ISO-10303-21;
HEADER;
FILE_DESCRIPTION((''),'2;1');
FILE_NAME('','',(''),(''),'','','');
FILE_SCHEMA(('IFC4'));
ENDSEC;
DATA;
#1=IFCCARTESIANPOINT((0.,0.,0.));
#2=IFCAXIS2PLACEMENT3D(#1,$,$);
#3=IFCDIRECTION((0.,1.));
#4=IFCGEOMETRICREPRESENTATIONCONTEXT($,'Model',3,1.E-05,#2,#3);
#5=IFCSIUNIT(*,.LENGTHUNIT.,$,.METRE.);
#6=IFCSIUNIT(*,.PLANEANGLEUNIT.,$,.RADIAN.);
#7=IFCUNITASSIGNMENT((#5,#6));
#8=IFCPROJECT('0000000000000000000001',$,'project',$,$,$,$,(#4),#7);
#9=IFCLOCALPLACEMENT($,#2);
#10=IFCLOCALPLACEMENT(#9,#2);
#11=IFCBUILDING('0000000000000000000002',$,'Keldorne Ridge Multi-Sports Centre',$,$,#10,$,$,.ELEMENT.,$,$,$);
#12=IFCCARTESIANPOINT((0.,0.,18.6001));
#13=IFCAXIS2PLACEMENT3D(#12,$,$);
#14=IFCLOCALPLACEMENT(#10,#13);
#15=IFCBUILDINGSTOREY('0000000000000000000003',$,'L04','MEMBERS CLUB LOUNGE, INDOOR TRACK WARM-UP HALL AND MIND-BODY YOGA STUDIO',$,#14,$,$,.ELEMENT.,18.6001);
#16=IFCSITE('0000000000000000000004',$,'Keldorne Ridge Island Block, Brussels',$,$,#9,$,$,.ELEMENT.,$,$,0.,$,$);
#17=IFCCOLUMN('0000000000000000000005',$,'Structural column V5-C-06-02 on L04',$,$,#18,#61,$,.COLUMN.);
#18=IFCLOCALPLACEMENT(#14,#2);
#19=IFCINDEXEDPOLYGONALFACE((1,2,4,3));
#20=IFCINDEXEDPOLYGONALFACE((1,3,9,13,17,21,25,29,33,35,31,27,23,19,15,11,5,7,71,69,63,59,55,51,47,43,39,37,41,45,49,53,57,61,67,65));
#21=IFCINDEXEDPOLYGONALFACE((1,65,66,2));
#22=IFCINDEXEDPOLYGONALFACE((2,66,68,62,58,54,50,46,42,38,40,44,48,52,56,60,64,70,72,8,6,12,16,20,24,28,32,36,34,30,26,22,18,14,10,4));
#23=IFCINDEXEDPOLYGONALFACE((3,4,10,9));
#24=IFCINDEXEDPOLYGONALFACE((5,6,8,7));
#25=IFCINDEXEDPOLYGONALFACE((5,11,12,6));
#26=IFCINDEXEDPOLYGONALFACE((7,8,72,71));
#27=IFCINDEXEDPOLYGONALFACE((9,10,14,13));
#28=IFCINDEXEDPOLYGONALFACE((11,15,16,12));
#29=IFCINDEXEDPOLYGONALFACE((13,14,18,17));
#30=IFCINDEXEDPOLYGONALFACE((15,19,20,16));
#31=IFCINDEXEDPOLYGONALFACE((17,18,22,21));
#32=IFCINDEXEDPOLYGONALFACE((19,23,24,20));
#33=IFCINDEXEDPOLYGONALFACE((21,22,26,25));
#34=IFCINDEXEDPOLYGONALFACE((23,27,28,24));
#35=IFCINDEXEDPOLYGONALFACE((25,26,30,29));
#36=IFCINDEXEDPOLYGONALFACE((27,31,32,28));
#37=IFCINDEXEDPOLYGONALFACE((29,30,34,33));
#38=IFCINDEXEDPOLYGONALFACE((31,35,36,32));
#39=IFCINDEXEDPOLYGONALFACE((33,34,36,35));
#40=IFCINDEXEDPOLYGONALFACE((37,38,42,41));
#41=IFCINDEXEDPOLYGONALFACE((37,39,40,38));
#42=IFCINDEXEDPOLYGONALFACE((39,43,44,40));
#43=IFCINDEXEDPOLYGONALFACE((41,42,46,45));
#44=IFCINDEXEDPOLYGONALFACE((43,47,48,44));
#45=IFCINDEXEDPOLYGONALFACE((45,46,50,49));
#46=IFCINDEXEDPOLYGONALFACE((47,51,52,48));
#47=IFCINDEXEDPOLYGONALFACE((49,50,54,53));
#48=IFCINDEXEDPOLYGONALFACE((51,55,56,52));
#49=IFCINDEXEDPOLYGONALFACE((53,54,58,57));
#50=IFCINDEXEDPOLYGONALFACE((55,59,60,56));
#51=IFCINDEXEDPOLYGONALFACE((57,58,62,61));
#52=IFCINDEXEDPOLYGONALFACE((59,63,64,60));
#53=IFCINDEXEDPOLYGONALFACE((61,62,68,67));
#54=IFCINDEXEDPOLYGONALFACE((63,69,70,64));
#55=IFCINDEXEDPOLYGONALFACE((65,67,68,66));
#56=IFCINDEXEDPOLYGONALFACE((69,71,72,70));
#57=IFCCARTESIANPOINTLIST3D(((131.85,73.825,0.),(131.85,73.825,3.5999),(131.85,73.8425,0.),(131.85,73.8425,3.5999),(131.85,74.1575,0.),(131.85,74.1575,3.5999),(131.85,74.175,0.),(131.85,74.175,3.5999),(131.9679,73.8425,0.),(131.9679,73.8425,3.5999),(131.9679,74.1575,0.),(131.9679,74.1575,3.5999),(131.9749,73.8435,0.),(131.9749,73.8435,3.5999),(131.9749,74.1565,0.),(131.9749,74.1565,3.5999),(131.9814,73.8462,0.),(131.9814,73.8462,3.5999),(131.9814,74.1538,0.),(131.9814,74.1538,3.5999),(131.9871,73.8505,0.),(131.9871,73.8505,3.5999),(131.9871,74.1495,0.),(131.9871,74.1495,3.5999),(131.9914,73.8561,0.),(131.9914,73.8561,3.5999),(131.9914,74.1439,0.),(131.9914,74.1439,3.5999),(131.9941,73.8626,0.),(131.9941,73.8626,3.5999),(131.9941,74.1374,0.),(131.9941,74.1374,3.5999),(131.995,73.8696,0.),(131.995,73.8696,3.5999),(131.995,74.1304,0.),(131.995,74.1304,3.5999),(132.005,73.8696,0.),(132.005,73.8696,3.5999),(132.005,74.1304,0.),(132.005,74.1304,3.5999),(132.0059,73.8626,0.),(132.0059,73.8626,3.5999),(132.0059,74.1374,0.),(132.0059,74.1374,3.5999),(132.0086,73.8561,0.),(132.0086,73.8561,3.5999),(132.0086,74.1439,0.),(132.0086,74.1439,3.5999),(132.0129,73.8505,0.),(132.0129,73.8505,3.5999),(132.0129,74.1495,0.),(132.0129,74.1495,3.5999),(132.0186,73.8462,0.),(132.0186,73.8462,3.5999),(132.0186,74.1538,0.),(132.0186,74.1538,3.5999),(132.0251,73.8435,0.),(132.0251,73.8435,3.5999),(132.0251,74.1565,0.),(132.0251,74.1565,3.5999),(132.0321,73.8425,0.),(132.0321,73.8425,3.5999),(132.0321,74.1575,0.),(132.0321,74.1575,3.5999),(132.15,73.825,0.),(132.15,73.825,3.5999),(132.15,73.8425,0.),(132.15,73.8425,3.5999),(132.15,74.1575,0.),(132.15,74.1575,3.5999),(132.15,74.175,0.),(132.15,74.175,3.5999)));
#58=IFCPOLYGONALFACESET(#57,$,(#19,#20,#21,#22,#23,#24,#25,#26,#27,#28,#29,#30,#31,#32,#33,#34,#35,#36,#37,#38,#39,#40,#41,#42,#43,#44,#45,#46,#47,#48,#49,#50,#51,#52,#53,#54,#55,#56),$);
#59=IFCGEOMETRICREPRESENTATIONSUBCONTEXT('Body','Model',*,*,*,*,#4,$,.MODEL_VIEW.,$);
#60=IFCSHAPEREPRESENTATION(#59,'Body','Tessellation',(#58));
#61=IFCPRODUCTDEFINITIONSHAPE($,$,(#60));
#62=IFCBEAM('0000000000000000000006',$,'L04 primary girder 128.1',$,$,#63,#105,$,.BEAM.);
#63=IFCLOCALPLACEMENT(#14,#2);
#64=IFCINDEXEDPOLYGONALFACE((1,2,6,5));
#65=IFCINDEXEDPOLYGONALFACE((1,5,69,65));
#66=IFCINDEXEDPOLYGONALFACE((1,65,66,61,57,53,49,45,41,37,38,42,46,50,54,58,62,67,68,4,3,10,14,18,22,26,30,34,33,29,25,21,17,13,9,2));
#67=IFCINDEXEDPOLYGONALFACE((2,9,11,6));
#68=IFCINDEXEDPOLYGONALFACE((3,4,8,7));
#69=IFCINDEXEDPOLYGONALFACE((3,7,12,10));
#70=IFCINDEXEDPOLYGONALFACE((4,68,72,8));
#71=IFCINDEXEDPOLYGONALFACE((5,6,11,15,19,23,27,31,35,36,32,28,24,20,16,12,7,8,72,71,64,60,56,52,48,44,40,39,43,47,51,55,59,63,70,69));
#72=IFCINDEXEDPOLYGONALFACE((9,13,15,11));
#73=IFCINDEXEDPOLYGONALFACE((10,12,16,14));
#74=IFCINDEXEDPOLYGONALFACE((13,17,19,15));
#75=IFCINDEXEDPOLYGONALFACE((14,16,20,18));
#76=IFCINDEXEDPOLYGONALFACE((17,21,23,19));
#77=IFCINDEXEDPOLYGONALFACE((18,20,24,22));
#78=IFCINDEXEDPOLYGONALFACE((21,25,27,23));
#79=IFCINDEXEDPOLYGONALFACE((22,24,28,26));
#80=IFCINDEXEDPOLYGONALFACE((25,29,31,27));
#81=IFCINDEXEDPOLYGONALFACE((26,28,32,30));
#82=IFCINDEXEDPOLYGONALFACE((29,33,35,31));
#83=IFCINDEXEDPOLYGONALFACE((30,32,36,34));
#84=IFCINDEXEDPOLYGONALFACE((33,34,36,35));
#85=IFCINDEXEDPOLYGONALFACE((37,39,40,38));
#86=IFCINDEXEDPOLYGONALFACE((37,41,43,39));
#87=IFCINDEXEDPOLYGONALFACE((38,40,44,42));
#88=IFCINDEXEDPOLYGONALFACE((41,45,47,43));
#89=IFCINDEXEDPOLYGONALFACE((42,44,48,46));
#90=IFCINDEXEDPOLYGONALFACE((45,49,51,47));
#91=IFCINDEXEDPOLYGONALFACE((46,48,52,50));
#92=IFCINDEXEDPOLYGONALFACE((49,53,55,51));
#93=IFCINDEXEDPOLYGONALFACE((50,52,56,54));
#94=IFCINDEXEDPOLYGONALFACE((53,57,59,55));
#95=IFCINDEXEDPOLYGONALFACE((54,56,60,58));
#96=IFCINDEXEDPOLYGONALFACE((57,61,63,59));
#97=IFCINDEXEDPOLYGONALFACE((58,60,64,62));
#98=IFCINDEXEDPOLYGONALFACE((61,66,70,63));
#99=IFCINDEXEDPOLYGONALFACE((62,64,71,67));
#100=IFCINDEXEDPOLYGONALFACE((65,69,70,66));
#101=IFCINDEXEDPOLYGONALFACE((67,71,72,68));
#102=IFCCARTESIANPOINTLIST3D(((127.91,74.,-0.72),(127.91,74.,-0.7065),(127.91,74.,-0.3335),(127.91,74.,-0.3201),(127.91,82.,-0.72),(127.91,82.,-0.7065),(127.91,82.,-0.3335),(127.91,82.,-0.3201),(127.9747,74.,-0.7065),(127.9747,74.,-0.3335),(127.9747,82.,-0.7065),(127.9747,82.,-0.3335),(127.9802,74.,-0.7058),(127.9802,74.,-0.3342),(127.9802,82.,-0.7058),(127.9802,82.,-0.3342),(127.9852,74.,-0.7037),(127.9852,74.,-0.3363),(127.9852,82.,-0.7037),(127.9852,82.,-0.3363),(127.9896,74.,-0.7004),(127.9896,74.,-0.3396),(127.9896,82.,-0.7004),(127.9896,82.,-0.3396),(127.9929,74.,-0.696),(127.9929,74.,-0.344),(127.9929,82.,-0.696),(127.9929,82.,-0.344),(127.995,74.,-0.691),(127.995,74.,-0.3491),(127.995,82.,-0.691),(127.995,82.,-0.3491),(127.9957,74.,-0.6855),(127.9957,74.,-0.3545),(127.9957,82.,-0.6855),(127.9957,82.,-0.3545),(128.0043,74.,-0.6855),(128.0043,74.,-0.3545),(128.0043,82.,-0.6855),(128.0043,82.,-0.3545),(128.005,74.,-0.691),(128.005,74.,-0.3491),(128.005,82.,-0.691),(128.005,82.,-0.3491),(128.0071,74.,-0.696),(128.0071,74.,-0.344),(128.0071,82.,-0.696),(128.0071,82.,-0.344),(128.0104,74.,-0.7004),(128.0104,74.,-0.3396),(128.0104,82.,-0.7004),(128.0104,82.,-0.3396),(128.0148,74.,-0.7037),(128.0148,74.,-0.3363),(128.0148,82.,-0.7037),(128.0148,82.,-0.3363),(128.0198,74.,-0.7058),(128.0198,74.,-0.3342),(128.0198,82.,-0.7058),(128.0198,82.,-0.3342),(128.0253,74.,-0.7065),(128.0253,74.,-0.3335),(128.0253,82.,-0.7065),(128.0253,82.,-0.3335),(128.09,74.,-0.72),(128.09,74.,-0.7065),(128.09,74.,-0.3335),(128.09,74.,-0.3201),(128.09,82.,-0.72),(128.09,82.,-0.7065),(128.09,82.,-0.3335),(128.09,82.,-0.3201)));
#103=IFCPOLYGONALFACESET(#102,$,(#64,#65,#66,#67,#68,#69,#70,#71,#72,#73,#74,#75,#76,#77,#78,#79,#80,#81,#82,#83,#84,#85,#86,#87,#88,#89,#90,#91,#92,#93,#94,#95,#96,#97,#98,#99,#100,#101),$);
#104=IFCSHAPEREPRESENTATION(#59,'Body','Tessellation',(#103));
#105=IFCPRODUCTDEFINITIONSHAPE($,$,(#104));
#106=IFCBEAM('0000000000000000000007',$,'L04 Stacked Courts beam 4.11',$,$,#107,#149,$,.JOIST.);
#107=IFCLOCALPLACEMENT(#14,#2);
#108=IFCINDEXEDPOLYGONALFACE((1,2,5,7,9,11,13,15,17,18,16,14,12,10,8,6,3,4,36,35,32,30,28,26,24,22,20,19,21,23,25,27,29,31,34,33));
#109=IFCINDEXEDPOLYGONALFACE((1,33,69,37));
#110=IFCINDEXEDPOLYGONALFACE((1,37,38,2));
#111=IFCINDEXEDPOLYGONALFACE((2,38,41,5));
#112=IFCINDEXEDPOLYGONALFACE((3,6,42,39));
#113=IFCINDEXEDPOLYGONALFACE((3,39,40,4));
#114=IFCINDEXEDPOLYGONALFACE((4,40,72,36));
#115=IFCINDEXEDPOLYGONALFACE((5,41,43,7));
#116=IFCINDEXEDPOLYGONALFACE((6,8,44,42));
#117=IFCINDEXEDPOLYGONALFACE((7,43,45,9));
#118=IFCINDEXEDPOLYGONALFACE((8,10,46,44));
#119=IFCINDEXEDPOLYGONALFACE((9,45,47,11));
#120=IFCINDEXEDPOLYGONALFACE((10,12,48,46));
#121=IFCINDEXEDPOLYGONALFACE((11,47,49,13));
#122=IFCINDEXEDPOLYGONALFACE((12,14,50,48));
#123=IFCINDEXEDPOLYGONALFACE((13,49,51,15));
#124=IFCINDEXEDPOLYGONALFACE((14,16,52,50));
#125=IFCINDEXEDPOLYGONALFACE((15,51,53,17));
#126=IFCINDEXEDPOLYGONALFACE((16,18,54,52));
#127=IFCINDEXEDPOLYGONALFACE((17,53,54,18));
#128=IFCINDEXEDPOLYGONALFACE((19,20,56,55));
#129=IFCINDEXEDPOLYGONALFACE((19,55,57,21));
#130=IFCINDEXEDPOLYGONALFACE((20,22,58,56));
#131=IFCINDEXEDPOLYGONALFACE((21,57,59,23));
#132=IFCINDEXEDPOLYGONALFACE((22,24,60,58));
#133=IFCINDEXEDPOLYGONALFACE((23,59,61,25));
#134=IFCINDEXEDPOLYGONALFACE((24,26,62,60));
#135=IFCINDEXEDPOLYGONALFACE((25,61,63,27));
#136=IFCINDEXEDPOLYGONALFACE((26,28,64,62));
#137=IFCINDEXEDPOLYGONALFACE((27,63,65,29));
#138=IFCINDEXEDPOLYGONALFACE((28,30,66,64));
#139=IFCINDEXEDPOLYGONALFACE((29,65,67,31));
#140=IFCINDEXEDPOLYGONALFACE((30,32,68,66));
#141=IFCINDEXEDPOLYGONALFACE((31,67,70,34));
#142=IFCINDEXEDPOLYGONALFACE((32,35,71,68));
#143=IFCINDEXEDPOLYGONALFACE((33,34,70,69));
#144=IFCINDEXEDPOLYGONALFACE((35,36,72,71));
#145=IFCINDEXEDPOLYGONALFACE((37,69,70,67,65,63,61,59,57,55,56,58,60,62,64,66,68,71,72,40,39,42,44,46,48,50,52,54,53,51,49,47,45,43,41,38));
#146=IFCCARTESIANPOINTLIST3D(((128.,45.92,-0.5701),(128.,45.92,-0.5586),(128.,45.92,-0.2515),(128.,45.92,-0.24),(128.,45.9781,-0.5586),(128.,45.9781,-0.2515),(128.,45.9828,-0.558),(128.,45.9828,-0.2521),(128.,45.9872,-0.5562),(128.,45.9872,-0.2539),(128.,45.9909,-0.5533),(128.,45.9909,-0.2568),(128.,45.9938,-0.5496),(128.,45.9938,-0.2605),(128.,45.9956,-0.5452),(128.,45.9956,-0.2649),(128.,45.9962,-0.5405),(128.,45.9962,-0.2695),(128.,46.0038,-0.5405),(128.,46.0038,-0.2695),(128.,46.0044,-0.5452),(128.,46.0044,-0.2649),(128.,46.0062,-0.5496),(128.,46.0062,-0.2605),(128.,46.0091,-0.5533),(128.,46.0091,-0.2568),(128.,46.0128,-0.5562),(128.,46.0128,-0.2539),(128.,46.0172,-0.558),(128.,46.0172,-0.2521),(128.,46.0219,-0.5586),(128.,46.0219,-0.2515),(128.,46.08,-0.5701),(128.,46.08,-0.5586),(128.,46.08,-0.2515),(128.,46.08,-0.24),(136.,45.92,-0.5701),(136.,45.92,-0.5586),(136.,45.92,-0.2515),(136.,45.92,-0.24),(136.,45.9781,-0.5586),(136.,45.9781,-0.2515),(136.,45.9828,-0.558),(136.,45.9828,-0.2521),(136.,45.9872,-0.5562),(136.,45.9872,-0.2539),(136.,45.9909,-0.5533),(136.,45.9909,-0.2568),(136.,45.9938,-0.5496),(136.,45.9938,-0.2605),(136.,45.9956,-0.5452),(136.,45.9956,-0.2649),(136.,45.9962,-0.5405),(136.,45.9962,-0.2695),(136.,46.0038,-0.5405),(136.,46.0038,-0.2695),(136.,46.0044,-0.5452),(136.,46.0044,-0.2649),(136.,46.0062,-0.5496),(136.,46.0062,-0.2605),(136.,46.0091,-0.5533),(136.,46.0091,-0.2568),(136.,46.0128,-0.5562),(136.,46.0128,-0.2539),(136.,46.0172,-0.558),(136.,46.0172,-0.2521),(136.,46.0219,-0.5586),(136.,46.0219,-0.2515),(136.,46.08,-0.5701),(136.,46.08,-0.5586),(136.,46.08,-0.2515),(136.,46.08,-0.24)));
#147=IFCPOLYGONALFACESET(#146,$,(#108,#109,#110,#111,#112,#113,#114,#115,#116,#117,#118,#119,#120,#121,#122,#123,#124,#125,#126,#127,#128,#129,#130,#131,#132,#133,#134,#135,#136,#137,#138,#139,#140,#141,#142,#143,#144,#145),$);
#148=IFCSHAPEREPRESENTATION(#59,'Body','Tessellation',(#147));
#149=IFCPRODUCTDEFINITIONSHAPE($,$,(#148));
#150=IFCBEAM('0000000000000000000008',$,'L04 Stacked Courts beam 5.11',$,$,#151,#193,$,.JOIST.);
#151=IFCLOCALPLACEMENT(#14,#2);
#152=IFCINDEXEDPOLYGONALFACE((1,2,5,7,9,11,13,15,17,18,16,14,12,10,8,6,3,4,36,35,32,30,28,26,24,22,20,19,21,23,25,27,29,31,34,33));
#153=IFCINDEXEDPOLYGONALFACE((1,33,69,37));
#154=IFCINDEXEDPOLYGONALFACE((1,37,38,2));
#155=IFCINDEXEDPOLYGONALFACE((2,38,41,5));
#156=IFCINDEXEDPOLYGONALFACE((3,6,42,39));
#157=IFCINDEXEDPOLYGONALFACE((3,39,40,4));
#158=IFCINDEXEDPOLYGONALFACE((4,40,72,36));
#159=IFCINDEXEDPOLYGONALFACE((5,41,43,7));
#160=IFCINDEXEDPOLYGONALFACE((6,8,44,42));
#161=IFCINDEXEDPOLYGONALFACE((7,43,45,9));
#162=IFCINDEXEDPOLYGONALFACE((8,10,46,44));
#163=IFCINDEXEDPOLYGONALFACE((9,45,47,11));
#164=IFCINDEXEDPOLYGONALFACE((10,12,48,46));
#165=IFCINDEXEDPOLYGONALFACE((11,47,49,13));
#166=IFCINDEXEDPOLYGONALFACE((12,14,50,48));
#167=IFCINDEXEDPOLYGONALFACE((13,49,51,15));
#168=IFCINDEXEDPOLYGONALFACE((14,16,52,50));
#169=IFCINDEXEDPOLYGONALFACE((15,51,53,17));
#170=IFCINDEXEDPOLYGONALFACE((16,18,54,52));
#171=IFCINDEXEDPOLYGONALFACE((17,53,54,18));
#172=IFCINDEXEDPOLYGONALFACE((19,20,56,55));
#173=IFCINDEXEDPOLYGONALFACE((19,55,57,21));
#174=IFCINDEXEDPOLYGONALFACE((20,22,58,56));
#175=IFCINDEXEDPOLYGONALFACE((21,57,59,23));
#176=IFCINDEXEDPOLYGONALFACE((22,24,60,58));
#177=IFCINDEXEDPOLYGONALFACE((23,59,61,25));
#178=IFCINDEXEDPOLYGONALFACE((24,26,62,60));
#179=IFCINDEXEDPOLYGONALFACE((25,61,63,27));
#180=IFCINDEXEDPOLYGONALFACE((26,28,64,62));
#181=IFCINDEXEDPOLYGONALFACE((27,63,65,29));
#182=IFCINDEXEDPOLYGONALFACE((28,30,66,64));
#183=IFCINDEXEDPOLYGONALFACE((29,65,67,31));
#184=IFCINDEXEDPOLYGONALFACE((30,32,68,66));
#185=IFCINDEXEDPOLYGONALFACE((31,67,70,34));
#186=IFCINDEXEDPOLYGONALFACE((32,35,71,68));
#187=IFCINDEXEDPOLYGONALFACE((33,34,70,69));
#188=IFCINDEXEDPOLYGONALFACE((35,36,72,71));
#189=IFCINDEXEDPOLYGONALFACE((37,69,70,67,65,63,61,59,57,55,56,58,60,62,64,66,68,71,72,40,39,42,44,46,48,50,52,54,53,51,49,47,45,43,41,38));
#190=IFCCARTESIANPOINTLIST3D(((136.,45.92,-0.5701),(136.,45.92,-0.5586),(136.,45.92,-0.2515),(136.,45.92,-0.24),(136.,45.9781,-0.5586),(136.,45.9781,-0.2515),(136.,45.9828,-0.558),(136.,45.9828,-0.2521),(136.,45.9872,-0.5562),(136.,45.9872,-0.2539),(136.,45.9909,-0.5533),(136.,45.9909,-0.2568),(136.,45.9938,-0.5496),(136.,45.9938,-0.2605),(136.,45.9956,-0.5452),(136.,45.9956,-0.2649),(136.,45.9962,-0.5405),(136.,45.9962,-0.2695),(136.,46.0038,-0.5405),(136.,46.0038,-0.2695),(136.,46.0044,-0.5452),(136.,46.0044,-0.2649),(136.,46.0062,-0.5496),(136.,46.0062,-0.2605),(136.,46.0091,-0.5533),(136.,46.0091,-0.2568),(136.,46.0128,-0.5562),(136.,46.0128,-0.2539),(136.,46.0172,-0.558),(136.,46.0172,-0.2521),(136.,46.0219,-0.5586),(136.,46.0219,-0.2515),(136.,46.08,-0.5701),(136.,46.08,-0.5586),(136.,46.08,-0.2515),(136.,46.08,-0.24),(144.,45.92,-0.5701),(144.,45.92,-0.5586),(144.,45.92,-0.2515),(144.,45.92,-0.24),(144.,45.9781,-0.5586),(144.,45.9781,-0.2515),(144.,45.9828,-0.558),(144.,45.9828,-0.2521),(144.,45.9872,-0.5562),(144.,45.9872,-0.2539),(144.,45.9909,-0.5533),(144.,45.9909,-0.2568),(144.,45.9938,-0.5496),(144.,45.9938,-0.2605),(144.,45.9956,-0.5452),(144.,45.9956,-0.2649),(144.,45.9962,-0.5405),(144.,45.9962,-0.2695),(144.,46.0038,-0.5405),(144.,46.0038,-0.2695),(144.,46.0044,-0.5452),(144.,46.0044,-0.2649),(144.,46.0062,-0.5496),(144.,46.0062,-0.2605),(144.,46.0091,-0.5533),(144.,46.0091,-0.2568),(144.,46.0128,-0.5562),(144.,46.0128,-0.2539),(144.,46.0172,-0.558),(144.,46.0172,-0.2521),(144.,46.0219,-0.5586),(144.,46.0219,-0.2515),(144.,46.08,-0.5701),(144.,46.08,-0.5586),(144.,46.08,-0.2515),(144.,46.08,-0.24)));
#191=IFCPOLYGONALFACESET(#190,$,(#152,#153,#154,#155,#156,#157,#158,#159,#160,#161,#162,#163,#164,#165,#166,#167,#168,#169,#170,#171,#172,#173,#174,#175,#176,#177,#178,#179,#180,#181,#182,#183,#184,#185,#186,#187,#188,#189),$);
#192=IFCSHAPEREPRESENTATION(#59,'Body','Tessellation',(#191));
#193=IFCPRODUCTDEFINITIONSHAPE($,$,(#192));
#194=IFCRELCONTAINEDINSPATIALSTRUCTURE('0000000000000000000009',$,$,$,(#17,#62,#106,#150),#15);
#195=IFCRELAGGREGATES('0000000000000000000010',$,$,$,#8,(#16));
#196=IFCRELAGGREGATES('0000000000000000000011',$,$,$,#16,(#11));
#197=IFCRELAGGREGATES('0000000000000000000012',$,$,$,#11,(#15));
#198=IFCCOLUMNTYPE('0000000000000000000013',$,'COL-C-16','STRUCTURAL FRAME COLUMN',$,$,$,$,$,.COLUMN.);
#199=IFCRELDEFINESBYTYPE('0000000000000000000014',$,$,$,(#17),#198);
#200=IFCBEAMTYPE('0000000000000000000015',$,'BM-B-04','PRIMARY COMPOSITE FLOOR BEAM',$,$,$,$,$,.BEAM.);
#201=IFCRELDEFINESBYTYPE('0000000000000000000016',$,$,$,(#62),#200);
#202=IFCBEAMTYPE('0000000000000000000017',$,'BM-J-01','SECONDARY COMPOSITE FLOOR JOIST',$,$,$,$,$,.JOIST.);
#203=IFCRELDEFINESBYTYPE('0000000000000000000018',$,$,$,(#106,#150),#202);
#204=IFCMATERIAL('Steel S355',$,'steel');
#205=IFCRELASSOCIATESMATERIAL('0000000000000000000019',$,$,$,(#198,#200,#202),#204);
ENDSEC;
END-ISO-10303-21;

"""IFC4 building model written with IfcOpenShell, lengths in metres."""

from ifc_helpers import new_model, si_unit, direction, frame, origin, origin_2d, place, context, subcontext, project, spatial, i_section, extrude, material, material_profile, profile_set, type_object, element, save


model = new_model("IFC4")

# Units and contexts
model_context = context("Model", 3, precision=1e-05, world=origin(), true_north=direction((0.0, 1.0)))
body_context = subcontext(model_context, "Body", "Model", "MODEL_VIEW")
ifc_project = project(units=[si_unit("LENGTHUNIT", "METRE"), si_unit("PLANEANGLEUNIT", "RADIAN")], contexts=[model_context])

# Site, building, storey
site_placement = place(None, origin())
site = spatial("IfcSite", under=ifc_project, at=site_placement, Name="Keldorne Ridge Island Block, Brussels", CompositionType="ELEMENT", RefElevation=0.0)
building_placement = place(site_placement, origin())
building = spatial("IfcBuilding", under=site, at=building_placement, Name="Keldorne Ridge Multi-Sports Centre", CompositionType="ELEMENT")
storey_placement = place(building_placement, frame((0.0, 0.0, 18.6001)))
storey = spatial("IfcBuildingStorey", under=building, at=storey_placement, Name="L04", Description="MEMBERS CLUB LOUNGE, INDOOR TRACK WARM-UP HALL AND MIND-BODY YOGA STUDIO", CompositionType="ELEMENT", Elevation=18.6001)

# Column
ifc_material_1 = material(Name="Steel S355", Category="steel")
ifc_material_profile_1 = material_profile(ifc_material_1, i_section(OverallWidth=0.3, OverallDepth=0.3501, WebThickness=0.01, FlangeThickness=0.0176, FilletRadius=0.0271, at=origin_2d()), Name="HEA 360")
ifc_profile_set_1 = profile_set([ifc_material_profile_1], Name="Steel S355")
column_type = type_object("IfcColumnType", Name="COL-C-16", Description="STRUCTURAL FRAME COLUMN", PredefinedType="COLUMN", material=ifc_profile_set_1)
column_placement = place(storey_placement, frame((132.0, 74.0, 0.0), z_axis=(0.0, 0.0, 1.0), x_axis=(1.0, 0.0, 0.0)))
element("IfcColumn", 1, at=column_placement, inside=storey, type_object=column_type, Name="Structural column V5-C-06-02 on L04", PredefinedType="COLUMN", context=body_context, shape_type="SweptSolid", body=[
    extrude(i_section(OverallWidth=0.3, OverallDepth=0.3501, WebThickness=0.01, FlangeThickness=0.0176, FilletRadius=0.0271, at=origin_2d()), origin(), (0.0, 0.0, 1.0), 3.5999),
])

# Beams
ifc_material_profile_2 = material_profile(ifc_material_1, i_section(OverallWidth=0.1799, OverallDepth=0.3999, WebThickness=0.0085, FlangeThickness=0.0134, FilletRadius=0.021, at=origin_2d()), Name="IPE 400")
ifc_profile_set_2 = profile_set([ifc_material_profile_2], Name="Steel S355")
beam_type_1 = type_object("IfcBeamType", Name="BM-B-04", Description="PRIMARY COMPOSITE FLOOR BEAM", PredefinedType="BEAM", material=ifc_profile_set_2)
beam_placement = place(storey_placement, frame((128.0, 74.0, -0.52), z_axis=(0.0, 1.0, 0.0), x_axis=(-1.0, 0.0, 0.0)))
element("IfcBeam", 2, at=beam_placement, inside=storey, type_object=beam_type_1, Name="L04 primary girder 128.1", PredefinedType="BEAM", context=body_context, shape_type="SweptSolid", body=[
    extrude(i_section(OverallWidth=0.1799, OverallDepth=0.3999, WebThickness=0.0085, FlangeThickness=0.0134, FilletRadius=0.021, at=origin_2d()), origin(), (0.0, 0.0, 1.0), 8.0),
])
ifc_material_profile_3 = material_profile(ifc_material_1, i_section(OverallWidth=0.1599, OverallDepth=0.3301, WebThickness=0.0076, FlangeThickness=0.0115, FilletRadius=0.0181, at=origin_2d()), Name="IPE 330")
ifc_profile_set_3 = profile_set([ifc_material_profile_3], Name="Steel S355")
beam_type_2 = type_object("IfcBeamType", Name="BM-J-01", Description="SECONDARY COMPOSITE FLOOR JOIST", PredefinedType="JOIST", material=ifc_profile_set_3)
for number, where, z_axis, x_axis, name in (
    (3, (128.0, 46.0, -0.405), (1.0, 0.0, 0.0), (0.0, 1.0, 0.0), "L04 Stacked Courts beam 4.11"),
    (4, (136.0, 46.0, -0.405), (1.0, 0.0, 0.0), (0.0, 1.0, 0.0), "L04 Stacked Courts beam 5.11"),
):
    element("IfcBeam", number, at=place(storey_placement, frame(where, z_axis=z_axis, x_axis=x_axis)), inside=storey, type_object=beam_type_2, Name=name, PredefinedType="JOIST", context=body_context, shape_type="SweptSolid", body=[
        extrude(i_section(OverallWidth=0.1599, OverallDepth=0.3301, WebThickness=0.0076, FlangeThickness=0.0115, FilletRadius=0.0181, at=origin_2d()), origin(), (0.0, 0.0, 1.0), 8.0),
    ])

save(model, "model.ifc")
